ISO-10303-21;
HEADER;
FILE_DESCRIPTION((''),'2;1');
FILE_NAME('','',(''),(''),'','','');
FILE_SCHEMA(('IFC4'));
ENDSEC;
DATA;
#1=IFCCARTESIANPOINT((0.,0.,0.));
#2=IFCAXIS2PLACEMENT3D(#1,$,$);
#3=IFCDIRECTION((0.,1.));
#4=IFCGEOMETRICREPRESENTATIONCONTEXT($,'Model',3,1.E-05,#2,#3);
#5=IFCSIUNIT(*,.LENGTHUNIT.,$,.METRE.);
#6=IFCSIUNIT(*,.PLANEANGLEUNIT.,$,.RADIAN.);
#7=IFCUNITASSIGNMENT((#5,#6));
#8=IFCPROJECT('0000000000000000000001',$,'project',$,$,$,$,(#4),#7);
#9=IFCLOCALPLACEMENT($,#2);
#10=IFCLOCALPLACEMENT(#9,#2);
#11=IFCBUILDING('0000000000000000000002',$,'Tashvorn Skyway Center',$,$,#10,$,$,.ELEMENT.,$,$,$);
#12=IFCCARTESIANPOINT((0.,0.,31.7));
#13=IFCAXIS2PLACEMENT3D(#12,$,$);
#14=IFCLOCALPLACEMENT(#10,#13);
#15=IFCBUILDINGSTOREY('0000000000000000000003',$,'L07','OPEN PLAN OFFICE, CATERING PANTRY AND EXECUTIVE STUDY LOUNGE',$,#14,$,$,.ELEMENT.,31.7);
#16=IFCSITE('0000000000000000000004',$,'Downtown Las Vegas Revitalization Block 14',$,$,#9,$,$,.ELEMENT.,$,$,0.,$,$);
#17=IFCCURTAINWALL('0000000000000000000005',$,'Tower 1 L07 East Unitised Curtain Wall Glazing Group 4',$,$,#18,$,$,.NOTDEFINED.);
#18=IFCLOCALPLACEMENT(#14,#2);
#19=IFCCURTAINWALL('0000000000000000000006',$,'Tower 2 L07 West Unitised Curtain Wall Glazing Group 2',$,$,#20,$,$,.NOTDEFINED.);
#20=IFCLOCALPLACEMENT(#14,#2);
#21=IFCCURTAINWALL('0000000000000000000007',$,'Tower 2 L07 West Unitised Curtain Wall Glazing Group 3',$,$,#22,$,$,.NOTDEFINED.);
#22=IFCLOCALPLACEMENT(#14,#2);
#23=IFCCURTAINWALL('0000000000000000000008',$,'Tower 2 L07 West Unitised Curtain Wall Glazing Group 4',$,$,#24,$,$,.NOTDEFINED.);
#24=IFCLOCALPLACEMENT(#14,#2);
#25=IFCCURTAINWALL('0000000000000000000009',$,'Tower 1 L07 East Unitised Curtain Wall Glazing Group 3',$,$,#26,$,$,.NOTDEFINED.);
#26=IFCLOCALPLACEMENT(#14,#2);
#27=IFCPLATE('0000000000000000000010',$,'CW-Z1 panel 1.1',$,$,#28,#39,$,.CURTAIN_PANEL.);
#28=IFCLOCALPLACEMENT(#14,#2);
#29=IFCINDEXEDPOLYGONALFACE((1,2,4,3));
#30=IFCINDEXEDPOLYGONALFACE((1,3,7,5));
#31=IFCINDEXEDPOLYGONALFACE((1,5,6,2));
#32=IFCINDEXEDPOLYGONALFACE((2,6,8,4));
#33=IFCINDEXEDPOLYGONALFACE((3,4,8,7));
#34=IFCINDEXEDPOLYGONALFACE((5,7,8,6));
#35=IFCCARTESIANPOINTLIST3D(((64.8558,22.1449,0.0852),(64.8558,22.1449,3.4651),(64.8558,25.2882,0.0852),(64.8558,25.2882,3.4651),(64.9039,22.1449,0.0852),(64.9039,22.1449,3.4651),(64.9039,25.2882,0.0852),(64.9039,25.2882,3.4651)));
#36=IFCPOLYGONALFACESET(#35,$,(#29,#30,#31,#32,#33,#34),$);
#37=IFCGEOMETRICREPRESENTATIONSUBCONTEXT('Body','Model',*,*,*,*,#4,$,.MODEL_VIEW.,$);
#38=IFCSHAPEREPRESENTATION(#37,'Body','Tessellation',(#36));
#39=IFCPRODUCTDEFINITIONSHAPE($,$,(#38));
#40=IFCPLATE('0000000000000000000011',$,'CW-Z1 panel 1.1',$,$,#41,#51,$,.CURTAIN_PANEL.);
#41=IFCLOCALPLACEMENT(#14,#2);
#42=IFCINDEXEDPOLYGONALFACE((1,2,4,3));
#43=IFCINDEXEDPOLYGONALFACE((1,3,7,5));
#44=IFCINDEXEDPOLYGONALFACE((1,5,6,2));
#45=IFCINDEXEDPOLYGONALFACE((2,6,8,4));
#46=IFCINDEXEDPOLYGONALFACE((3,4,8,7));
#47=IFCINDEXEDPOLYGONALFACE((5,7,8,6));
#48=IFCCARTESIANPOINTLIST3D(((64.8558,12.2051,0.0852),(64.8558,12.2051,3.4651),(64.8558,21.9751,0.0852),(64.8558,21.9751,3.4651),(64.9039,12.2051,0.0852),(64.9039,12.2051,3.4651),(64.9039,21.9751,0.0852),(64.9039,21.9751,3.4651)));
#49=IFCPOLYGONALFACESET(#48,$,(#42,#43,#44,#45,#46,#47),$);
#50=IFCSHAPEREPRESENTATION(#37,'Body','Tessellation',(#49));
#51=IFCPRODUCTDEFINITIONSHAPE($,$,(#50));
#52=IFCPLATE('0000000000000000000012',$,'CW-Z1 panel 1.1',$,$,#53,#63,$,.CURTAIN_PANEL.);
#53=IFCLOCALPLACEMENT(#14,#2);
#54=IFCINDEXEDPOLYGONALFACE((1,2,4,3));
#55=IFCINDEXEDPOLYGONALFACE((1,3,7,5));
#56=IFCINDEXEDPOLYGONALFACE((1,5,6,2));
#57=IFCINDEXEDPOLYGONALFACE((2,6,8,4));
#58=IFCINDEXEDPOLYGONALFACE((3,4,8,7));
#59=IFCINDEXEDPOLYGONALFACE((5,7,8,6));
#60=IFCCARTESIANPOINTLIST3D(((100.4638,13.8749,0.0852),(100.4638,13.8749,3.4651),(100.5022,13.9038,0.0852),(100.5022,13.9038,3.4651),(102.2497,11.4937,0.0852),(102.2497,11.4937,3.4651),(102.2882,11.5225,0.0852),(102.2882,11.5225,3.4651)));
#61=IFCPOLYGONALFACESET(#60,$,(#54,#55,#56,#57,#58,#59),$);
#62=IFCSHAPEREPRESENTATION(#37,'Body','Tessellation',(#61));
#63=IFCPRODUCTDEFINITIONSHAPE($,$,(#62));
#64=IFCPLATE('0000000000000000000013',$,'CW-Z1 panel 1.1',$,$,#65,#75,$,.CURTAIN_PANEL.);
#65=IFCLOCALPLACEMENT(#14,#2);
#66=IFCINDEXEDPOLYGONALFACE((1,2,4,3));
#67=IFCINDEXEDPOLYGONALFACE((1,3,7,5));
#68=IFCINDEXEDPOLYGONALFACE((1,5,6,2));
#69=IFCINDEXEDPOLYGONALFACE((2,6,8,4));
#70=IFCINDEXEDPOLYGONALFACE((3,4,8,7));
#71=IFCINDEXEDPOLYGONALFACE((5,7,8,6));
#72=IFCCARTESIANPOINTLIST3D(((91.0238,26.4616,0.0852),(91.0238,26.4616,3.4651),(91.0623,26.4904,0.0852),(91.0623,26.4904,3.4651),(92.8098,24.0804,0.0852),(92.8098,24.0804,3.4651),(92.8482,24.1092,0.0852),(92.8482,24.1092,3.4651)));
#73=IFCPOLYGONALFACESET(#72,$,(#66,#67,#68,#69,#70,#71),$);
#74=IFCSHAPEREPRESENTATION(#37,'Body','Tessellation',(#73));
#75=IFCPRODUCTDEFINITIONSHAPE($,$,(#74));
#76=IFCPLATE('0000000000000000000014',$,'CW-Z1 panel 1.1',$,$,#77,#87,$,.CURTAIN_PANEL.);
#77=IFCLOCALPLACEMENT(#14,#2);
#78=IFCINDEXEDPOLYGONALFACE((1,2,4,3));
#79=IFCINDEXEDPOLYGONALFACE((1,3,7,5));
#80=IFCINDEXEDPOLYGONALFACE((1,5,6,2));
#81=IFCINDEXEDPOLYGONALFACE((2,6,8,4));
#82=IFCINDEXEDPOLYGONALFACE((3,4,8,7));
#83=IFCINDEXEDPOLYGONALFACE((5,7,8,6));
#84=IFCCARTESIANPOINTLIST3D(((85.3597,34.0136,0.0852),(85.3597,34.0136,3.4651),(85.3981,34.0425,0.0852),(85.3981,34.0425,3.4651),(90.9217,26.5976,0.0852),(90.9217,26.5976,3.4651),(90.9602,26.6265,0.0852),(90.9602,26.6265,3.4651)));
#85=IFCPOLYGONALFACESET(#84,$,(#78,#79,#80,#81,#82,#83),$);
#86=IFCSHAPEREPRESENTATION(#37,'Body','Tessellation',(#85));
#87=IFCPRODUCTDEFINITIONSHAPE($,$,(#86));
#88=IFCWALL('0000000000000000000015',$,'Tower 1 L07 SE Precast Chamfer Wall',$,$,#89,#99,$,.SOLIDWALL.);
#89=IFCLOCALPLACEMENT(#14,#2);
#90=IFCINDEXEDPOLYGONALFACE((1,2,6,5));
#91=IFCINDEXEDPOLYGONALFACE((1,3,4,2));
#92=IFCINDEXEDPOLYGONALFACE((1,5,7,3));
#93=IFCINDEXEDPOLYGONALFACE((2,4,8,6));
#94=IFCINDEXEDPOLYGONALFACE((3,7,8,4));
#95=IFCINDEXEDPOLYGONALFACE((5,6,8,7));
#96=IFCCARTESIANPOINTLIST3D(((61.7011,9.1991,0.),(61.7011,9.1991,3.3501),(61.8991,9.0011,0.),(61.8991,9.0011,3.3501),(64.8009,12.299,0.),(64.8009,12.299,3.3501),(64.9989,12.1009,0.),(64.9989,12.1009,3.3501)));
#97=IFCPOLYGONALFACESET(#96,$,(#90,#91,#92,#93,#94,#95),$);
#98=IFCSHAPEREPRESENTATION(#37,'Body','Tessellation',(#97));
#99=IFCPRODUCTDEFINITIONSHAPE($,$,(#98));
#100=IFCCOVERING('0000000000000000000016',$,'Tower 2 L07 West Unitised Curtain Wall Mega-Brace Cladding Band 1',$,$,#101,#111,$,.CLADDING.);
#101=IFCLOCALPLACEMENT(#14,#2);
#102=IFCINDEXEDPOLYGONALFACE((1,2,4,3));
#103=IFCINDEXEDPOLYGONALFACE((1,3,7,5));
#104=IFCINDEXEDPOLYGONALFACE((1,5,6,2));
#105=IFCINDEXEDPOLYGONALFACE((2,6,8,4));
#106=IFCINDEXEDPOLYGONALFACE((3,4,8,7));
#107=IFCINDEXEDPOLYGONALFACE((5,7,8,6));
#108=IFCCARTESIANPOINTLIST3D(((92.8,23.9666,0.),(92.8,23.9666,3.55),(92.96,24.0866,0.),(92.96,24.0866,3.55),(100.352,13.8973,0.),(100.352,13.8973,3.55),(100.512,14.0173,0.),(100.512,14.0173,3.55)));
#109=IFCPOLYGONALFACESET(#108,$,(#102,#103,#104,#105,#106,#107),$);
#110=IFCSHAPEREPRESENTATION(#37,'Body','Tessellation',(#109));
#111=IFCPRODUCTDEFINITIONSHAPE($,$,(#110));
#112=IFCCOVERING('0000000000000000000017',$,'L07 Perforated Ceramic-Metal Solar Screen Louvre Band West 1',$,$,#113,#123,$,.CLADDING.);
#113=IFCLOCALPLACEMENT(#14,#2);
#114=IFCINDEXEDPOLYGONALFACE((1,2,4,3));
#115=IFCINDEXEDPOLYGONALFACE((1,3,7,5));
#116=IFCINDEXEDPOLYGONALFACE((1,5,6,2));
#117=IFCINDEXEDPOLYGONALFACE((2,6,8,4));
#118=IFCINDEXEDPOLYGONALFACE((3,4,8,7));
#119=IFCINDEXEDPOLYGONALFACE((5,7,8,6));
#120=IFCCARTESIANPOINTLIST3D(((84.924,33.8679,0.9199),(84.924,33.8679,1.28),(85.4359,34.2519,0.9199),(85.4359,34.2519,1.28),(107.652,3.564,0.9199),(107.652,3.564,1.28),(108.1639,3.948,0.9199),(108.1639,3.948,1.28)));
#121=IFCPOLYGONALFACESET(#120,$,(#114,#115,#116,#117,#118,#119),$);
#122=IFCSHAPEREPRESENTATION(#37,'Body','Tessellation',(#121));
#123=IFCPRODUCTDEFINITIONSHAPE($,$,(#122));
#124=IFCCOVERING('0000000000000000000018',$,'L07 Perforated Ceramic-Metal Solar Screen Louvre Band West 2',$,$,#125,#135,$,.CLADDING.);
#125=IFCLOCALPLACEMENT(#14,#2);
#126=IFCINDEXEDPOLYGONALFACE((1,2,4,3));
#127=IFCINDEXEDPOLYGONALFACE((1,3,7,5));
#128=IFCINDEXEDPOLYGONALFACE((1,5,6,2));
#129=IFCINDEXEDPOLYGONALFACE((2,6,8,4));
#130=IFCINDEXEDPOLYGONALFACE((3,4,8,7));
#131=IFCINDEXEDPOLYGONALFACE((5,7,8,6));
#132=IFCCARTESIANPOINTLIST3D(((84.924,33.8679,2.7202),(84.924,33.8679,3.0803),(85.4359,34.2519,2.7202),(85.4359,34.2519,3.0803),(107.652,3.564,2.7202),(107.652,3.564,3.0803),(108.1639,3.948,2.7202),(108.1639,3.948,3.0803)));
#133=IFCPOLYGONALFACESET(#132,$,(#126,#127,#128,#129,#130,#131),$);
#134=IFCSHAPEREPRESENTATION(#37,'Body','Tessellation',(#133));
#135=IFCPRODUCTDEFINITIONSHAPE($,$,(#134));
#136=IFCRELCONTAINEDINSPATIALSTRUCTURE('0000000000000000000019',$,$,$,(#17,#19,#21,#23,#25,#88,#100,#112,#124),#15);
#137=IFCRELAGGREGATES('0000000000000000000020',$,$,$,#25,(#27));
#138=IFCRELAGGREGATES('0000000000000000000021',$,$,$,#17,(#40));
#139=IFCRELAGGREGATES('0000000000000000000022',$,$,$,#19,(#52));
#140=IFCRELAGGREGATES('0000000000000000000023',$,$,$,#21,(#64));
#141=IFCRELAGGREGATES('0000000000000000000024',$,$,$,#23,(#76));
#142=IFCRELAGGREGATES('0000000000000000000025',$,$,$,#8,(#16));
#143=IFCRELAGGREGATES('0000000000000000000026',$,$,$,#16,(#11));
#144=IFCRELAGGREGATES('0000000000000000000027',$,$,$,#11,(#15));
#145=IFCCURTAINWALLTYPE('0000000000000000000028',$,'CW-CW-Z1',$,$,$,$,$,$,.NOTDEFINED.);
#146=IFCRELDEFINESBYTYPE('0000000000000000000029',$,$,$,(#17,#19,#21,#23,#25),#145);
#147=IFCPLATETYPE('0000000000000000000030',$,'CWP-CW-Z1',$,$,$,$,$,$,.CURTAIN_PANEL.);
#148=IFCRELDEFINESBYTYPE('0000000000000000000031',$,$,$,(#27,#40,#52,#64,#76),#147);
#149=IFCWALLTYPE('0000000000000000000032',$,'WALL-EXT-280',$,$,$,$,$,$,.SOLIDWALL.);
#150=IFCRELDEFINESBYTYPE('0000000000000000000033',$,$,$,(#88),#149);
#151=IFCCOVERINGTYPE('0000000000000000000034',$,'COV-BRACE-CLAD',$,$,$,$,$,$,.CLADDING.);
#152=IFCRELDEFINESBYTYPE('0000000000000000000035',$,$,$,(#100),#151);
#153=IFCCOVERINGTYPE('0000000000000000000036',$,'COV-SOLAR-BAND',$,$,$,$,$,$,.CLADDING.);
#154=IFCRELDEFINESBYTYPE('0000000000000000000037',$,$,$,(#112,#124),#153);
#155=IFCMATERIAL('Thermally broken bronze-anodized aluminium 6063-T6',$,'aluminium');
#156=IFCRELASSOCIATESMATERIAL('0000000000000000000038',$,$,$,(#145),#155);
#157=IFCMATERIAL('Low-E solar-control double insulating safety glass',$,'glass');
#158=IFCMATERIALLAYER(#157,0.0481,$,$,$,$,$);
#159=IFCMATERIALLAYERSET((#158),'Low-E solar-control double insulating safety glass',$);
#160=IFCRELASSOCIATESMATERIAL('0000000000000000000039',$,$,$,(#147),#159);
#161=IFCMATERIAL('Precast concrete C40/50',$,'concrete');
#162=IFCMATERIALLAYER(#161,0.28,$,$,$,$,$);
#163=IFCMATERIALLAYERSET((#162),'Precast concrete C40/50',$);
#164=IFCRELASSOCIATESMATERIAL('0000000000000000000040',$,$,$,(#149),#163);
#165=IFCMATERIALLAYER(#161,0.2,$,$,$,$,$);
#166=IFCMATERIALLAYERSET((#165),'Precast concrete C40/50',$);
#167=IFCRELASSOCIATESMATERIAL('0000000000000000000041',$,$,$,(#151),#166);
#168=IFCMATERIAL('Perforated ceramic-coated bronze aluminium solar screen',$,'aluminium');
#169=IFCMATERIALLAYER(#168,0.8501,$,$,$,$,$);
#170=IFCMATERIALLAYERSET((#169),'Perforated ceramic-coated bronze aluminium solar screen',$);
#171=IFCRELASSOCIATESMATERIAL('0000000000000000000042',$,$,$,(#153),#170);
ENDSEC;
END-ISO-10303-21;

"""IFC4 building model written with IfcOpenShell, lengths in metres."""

from ifc_helpers import new_model, si_unit, direction, frame, frame_2d, origin, origin_2d, place, context, subcontext, project, spatial, rectangle, extrude, material, layer, layer_set, type_object, element, aggregate, save


model = new_model("IFC4")

# Units and contexts
model_context = context("Model", 3, precision=1e-05, world=origin(), true_north=direction((0.0, 1.0)))
body_context = subcontext(model_context, "Body", "Model", "MODEL_VIEW")
ifc_project = project(units=[si_unit("LENGTHUNIT", "METRE"), si_unit("PLANEANGLEUNIT", "RADIAN")], contexts=[model_context])

# Site, building, storey
site_placement = place(None, origin())
site = spatial("IfcSite", under=ifc_project, at=site_placement, Name="Downtown Las Vegas Revitalization Block 14", CompositionType="ELEMENT", RefElevation=0.0)
building_placement = place(site_placement, origin())
building = spatial("IfcBuilding", under=site, at=building_placement, Name="Tashvorn Skyway Center", CompositionType="ELEMENT")
storey_placement = place(building_placement, frame((0.0, 0.0, 31.7)))
storey = spatial("IfcBuildingStorey", under=building, at=storey_placement, Name="L07", Description="OPEN PLAN OFFICE, CATERING PANTRY AND EXECUTIVE STUDY LOUNGE", CompositionType="ELEMENT", Elevation=31.7)

# Curtain wall
ifc_material_1 = material(Name="Thermally broken bronze-anodized aluminium 6063-T6", Category="aluminium")
curtain_wall_type = type_object("IfcCurtainWallType", Name="CW-CW-Z1", PredefinedType="NOTDEFINED", material=ifc_material_1)
curtain_wall_1_placement = place(storey_placement, origin())
curtain_wall_1 = element("IfcCurtainWall", 1, at=curtain_wall_1_placement, inside=storey, type_object=curtain_wall_type, Name="Tower 1 L07 East Unitised Curtain Wall Glazing Group 4", PredefinedType="NOTDEFINED")

# Curtain wall
curtain_wall_2_placement = place(storey_placement, origin())
curtain_wall_2 = element("IfcCurtainWall", 2, at=curtain_wall_2_placement, inside=storey, type_object=curtain_wall_type, Name="Tower 2 L07 West Unitised Curtain Wall Glazing Group 2", PredefinedType="NOTDEFINED")

# Curtain wall
curtain_wall_3_placement = place(storey_placement, origin())
curtain_wall_3 = element("IfcCurtainWall", 3, at=curtain_wall_3_placement, inside=storey, type_object=curtain_wall_type, Name="Tower 2 L07 West Unitised Curtain Wall Glazing Group 3", PredefinedType="NOTDEFINED")

# Curtain walls
curtain_wall_4_placement = place(storey_placement, origin())
curtain_wall_4 = element("IfcCurtainWall", 4, at=curtain_wall_4_placement, inside=storey, type_object=curtain_wall_type, Name="Tower 2 L07 West Unitised Curtain Wall Glazing Group 4", PredefinedType="NOTDEFINED")
curtain_wall_5_placement = place(storey_placement, origin())
curtain_wall_5 = element("IfcCurtainWall", 5, at=curtain_wall_5_placement, inside=storey, type_object=curtain_wall_type, Name="Tower 1 L07 East Unitised Curtain Wall Glazing Group 3", PredefinedType="NOTDEFINED")

# Plates
ifc_material_2 = material(Name="Low-E solar-control double insulating safety glass", Category="glass")
ifc_layer_1 = layer(ifc_material_2, 0.0481)
ifc_layer_set_1 = layer_set([ifc_layer_1], Name="Low-E solar-control double insulating safety glass")
plate_type = type_object("IfcPlateType", Name="CWP-CW-Z1", PredefinedType="CURTAIN_PANEL", material=ifc_layer_set_1)
plate_1_placement = place(storey_placement, frame((64.8799, 23.7166, 0.0852), z_axis=(0.0, 0.0, 1.0), x_axis=(0.0, -1.0, 0.0)))
plate_1 = element("IfcPlate", 6, at=plate_1_placement, type_object=plate_type, Name="CW-Z1 panel 1.1", PredefinedType="CURTAIN_PANEL", context=body_context, shape_type="SweptSolid", body=[
    extrude(rectangle(XDim=3.1433, YDim=0.0481, at=origin_2d()), origin(), (0.0, 0.0, 1.0), 3.3799),
])
aggregate(curtain_wall_5, [plate_1])
plate_2_placement = place(storey_placement, frame((64.8799, 17.0901, 0.0852), z_axis=(0.0, 0.0, 1.0), x_axis=(0.0, -1.0, 0.0)))
plate_2 = element("IfcPlate", 7, at=plate_2_placement, type_object=plate_type, Name="CW-Z1 panel 1.1", PredefinedType="CURTAIN_PANEL", context=body_context, shape_type="SweptSolid", body=[
    extrude(rectangle(XDim=9.77, YDim=0.0481, at=origin_2d()), origin(), (0.0, 0.0, 1.0), 3.3799),
])
aggregate(curtain_wall_1, [plate_2])
plate_3_placement = place(storey_placement, frame((101.376, 12.6987, 0.0852), z_axis=(0.0, 0.0, 1.0), x_axis=(-0.600005, 0.799996, 0.0)))
plate_3 = element("IfcPlate", 8, at=plate_3_placement, type_object=plate_type, Name="CW-Z1 panel 1.1", PredefinedType="CURTAIN_PANEL", context=body_context, shape_type="SweptSolid", body=[
    extrude(rectangle(XDim=2.9766, YDim=0.0481, at=origin_2d()), origin(), (0.0, 0.0, 1.0), 3.3799),
])
aggregate(curtain_wall_2, [plate_3])
plate_4_placement = place(storey_placement, frame((91.936, 25.2854, 0.0852), z_axis=(0.0, 0.0, 1.0), x_axis=(-0.600005, 0.799996, 0.0)))
plate_4 = element("IfcPlate", 9, at=plate_4_placement, type_object=plate_type, Name="CW-Z1 panel 1.1", PredefinedType="CURTAIN_PANEL", context=body_context, shape_type="SweptSolid", body=[
    extrude(rectangle(XDim=2.9766, YDim=0.0481, at=origin_2d()), origin(), (0.0, 0.0, 1.0), 3.3799),
])
aggregate(curtain_wall_3, [plate_4])
plate_5_placement = place(storey_placement, frame((88.1599, 30.3201, 0.0852), z_axis=(0.0, 0.0, 1.0), x_axis=(-0.6, 0.8, 0.0)))
plate_5 = element("IfcPlate", 10, at=plate_5_placement, type_object=plate_type, Name="CW-Z1 panel 1.1", PredefinedType="CURTAIN_PANEL", context=body_context, shape_type="SweptSolid", body=[
    extrude(rectangle(XDim=9.27, YDim=0.0481, at=origin_2d()), origin(), (0.0, 0.0, 1.0), 3.3799),
])
aggregate(curtain_wall_4, [plate_5])

# Wall
ifc_material_3 = material(Name="Precast concrete C40/50", Category="concrete")
ifc_layer_2 = layer(ifc_material_3, 0.28)
ifc_layer_set_2 = layer_set([ifc_layer_2], Name="Precast concrete C40/50")
wall_type = type_object("IfcWallType", Name="WALL-EXT-280", PredefinedType="SOLIDWALL", material=ifc_layer_set_2)
wall_placement = place(storey_placement, frame((64.8999, 12.2, 0.0), z_axis=(0.0, 0.0, 1.0), x_axis=(-0.707107, -0.707107, 0.0)))
element("IfcWall", 11, at=wall_placement, inside=storey, type_object=wall_type, Name="Tower 1 L07 SE Precast Chamfer Wall", PredefinedType="SOLIDWALL", context=body_context, shape_type="SweptSolid", body=[
    extrude(rectangle(XDim=4.3838, YDim=0.28, at=frame_2d((2.1919, 0.0))), origin(), (0.0, 0.0, 1.0), 3.3501),
])

# Coverings
ifc_layer_3 = layer(ifc_material_3, 0.2)
ifc_layer_set_3 = layer_set([ifc_layer_3], Name="Precast concrete C40/50")
covering_type_1 = type_object("IfcCoveringType", Name="COV-BRACE-CLAD", PredefinedType="CLADDING", material=ifc_layer_set_3)
covering_placement = place(storey_placement, frame((96.656, 18.9919, 0.0), z_axis=(0.0, 0.0, 1.0), x_axis=(-0.6, 0.8, 0.0)))
element("IfcCovering", 12, at=covering_placement, inside=storey, type_object=covering_type_1, Name="Tower 2 L07 West Unitised Curtain Wall Mega-Brace Cladding Band 1", PredefinedType="CLADDING", context=body_context, shape_type="SweptSolid", body=[
    extrude(rectangle(XDim=12.5867, YDim=0.2, at=origin_2d()), origin(), (0.0, 0.0, 1.0), 3.55),
])
ifc_material_4 = material(Name="Perforated ceramic-coated bronze aluminium solar screen", Category="aluminium")
ifc_layer_4 = layer(ifc_material_4, 0.8501)
ifc_layer_set_4 = layer_set([ifc_layer_4], Name="Perforated ceramic-coated bronze aluminium solar screen")
covering_type_2 = type_object("IfcCoveringType", Name="COV-SOLAR-BAND", PredefinedType="CLADDING", material=ifc_layer_set_4)
for number, where, z_axis, x_axis, name in (
    (13, (96.5439, 18.908, 0.9199), (0.0, 0.0, 1.0), (-0.6, 0.8, 0.0), "L07 Perforated Ceramic-Metal Solar Screen Louvre Band West 1"),
    (14, (96.5439, 18.908, 2.7202), (0.0, 0.0, 1.0), (-0.6, 0.8, 0.0), "L07 Perforated Ceramic-Metal Solar Screen Louvre Band West 2"),
):
    element("IfcCovering", number, at=place(storey_placement, frame(where, z_axis=z_axis, x_axis=x_axis)), inside=storey, type_object=covering_type_2, Name=name, PredefinedType="CLADDING", context=body_context, shape_type="SweptSolid", body=[
        extrude(rectangle(XDim=37.8799, YDim=0.6399, at=origin_2d()), origin(), (0.0, 0.0, 1.0), 0.3601),
    ])

save(model, "model.ifc")
